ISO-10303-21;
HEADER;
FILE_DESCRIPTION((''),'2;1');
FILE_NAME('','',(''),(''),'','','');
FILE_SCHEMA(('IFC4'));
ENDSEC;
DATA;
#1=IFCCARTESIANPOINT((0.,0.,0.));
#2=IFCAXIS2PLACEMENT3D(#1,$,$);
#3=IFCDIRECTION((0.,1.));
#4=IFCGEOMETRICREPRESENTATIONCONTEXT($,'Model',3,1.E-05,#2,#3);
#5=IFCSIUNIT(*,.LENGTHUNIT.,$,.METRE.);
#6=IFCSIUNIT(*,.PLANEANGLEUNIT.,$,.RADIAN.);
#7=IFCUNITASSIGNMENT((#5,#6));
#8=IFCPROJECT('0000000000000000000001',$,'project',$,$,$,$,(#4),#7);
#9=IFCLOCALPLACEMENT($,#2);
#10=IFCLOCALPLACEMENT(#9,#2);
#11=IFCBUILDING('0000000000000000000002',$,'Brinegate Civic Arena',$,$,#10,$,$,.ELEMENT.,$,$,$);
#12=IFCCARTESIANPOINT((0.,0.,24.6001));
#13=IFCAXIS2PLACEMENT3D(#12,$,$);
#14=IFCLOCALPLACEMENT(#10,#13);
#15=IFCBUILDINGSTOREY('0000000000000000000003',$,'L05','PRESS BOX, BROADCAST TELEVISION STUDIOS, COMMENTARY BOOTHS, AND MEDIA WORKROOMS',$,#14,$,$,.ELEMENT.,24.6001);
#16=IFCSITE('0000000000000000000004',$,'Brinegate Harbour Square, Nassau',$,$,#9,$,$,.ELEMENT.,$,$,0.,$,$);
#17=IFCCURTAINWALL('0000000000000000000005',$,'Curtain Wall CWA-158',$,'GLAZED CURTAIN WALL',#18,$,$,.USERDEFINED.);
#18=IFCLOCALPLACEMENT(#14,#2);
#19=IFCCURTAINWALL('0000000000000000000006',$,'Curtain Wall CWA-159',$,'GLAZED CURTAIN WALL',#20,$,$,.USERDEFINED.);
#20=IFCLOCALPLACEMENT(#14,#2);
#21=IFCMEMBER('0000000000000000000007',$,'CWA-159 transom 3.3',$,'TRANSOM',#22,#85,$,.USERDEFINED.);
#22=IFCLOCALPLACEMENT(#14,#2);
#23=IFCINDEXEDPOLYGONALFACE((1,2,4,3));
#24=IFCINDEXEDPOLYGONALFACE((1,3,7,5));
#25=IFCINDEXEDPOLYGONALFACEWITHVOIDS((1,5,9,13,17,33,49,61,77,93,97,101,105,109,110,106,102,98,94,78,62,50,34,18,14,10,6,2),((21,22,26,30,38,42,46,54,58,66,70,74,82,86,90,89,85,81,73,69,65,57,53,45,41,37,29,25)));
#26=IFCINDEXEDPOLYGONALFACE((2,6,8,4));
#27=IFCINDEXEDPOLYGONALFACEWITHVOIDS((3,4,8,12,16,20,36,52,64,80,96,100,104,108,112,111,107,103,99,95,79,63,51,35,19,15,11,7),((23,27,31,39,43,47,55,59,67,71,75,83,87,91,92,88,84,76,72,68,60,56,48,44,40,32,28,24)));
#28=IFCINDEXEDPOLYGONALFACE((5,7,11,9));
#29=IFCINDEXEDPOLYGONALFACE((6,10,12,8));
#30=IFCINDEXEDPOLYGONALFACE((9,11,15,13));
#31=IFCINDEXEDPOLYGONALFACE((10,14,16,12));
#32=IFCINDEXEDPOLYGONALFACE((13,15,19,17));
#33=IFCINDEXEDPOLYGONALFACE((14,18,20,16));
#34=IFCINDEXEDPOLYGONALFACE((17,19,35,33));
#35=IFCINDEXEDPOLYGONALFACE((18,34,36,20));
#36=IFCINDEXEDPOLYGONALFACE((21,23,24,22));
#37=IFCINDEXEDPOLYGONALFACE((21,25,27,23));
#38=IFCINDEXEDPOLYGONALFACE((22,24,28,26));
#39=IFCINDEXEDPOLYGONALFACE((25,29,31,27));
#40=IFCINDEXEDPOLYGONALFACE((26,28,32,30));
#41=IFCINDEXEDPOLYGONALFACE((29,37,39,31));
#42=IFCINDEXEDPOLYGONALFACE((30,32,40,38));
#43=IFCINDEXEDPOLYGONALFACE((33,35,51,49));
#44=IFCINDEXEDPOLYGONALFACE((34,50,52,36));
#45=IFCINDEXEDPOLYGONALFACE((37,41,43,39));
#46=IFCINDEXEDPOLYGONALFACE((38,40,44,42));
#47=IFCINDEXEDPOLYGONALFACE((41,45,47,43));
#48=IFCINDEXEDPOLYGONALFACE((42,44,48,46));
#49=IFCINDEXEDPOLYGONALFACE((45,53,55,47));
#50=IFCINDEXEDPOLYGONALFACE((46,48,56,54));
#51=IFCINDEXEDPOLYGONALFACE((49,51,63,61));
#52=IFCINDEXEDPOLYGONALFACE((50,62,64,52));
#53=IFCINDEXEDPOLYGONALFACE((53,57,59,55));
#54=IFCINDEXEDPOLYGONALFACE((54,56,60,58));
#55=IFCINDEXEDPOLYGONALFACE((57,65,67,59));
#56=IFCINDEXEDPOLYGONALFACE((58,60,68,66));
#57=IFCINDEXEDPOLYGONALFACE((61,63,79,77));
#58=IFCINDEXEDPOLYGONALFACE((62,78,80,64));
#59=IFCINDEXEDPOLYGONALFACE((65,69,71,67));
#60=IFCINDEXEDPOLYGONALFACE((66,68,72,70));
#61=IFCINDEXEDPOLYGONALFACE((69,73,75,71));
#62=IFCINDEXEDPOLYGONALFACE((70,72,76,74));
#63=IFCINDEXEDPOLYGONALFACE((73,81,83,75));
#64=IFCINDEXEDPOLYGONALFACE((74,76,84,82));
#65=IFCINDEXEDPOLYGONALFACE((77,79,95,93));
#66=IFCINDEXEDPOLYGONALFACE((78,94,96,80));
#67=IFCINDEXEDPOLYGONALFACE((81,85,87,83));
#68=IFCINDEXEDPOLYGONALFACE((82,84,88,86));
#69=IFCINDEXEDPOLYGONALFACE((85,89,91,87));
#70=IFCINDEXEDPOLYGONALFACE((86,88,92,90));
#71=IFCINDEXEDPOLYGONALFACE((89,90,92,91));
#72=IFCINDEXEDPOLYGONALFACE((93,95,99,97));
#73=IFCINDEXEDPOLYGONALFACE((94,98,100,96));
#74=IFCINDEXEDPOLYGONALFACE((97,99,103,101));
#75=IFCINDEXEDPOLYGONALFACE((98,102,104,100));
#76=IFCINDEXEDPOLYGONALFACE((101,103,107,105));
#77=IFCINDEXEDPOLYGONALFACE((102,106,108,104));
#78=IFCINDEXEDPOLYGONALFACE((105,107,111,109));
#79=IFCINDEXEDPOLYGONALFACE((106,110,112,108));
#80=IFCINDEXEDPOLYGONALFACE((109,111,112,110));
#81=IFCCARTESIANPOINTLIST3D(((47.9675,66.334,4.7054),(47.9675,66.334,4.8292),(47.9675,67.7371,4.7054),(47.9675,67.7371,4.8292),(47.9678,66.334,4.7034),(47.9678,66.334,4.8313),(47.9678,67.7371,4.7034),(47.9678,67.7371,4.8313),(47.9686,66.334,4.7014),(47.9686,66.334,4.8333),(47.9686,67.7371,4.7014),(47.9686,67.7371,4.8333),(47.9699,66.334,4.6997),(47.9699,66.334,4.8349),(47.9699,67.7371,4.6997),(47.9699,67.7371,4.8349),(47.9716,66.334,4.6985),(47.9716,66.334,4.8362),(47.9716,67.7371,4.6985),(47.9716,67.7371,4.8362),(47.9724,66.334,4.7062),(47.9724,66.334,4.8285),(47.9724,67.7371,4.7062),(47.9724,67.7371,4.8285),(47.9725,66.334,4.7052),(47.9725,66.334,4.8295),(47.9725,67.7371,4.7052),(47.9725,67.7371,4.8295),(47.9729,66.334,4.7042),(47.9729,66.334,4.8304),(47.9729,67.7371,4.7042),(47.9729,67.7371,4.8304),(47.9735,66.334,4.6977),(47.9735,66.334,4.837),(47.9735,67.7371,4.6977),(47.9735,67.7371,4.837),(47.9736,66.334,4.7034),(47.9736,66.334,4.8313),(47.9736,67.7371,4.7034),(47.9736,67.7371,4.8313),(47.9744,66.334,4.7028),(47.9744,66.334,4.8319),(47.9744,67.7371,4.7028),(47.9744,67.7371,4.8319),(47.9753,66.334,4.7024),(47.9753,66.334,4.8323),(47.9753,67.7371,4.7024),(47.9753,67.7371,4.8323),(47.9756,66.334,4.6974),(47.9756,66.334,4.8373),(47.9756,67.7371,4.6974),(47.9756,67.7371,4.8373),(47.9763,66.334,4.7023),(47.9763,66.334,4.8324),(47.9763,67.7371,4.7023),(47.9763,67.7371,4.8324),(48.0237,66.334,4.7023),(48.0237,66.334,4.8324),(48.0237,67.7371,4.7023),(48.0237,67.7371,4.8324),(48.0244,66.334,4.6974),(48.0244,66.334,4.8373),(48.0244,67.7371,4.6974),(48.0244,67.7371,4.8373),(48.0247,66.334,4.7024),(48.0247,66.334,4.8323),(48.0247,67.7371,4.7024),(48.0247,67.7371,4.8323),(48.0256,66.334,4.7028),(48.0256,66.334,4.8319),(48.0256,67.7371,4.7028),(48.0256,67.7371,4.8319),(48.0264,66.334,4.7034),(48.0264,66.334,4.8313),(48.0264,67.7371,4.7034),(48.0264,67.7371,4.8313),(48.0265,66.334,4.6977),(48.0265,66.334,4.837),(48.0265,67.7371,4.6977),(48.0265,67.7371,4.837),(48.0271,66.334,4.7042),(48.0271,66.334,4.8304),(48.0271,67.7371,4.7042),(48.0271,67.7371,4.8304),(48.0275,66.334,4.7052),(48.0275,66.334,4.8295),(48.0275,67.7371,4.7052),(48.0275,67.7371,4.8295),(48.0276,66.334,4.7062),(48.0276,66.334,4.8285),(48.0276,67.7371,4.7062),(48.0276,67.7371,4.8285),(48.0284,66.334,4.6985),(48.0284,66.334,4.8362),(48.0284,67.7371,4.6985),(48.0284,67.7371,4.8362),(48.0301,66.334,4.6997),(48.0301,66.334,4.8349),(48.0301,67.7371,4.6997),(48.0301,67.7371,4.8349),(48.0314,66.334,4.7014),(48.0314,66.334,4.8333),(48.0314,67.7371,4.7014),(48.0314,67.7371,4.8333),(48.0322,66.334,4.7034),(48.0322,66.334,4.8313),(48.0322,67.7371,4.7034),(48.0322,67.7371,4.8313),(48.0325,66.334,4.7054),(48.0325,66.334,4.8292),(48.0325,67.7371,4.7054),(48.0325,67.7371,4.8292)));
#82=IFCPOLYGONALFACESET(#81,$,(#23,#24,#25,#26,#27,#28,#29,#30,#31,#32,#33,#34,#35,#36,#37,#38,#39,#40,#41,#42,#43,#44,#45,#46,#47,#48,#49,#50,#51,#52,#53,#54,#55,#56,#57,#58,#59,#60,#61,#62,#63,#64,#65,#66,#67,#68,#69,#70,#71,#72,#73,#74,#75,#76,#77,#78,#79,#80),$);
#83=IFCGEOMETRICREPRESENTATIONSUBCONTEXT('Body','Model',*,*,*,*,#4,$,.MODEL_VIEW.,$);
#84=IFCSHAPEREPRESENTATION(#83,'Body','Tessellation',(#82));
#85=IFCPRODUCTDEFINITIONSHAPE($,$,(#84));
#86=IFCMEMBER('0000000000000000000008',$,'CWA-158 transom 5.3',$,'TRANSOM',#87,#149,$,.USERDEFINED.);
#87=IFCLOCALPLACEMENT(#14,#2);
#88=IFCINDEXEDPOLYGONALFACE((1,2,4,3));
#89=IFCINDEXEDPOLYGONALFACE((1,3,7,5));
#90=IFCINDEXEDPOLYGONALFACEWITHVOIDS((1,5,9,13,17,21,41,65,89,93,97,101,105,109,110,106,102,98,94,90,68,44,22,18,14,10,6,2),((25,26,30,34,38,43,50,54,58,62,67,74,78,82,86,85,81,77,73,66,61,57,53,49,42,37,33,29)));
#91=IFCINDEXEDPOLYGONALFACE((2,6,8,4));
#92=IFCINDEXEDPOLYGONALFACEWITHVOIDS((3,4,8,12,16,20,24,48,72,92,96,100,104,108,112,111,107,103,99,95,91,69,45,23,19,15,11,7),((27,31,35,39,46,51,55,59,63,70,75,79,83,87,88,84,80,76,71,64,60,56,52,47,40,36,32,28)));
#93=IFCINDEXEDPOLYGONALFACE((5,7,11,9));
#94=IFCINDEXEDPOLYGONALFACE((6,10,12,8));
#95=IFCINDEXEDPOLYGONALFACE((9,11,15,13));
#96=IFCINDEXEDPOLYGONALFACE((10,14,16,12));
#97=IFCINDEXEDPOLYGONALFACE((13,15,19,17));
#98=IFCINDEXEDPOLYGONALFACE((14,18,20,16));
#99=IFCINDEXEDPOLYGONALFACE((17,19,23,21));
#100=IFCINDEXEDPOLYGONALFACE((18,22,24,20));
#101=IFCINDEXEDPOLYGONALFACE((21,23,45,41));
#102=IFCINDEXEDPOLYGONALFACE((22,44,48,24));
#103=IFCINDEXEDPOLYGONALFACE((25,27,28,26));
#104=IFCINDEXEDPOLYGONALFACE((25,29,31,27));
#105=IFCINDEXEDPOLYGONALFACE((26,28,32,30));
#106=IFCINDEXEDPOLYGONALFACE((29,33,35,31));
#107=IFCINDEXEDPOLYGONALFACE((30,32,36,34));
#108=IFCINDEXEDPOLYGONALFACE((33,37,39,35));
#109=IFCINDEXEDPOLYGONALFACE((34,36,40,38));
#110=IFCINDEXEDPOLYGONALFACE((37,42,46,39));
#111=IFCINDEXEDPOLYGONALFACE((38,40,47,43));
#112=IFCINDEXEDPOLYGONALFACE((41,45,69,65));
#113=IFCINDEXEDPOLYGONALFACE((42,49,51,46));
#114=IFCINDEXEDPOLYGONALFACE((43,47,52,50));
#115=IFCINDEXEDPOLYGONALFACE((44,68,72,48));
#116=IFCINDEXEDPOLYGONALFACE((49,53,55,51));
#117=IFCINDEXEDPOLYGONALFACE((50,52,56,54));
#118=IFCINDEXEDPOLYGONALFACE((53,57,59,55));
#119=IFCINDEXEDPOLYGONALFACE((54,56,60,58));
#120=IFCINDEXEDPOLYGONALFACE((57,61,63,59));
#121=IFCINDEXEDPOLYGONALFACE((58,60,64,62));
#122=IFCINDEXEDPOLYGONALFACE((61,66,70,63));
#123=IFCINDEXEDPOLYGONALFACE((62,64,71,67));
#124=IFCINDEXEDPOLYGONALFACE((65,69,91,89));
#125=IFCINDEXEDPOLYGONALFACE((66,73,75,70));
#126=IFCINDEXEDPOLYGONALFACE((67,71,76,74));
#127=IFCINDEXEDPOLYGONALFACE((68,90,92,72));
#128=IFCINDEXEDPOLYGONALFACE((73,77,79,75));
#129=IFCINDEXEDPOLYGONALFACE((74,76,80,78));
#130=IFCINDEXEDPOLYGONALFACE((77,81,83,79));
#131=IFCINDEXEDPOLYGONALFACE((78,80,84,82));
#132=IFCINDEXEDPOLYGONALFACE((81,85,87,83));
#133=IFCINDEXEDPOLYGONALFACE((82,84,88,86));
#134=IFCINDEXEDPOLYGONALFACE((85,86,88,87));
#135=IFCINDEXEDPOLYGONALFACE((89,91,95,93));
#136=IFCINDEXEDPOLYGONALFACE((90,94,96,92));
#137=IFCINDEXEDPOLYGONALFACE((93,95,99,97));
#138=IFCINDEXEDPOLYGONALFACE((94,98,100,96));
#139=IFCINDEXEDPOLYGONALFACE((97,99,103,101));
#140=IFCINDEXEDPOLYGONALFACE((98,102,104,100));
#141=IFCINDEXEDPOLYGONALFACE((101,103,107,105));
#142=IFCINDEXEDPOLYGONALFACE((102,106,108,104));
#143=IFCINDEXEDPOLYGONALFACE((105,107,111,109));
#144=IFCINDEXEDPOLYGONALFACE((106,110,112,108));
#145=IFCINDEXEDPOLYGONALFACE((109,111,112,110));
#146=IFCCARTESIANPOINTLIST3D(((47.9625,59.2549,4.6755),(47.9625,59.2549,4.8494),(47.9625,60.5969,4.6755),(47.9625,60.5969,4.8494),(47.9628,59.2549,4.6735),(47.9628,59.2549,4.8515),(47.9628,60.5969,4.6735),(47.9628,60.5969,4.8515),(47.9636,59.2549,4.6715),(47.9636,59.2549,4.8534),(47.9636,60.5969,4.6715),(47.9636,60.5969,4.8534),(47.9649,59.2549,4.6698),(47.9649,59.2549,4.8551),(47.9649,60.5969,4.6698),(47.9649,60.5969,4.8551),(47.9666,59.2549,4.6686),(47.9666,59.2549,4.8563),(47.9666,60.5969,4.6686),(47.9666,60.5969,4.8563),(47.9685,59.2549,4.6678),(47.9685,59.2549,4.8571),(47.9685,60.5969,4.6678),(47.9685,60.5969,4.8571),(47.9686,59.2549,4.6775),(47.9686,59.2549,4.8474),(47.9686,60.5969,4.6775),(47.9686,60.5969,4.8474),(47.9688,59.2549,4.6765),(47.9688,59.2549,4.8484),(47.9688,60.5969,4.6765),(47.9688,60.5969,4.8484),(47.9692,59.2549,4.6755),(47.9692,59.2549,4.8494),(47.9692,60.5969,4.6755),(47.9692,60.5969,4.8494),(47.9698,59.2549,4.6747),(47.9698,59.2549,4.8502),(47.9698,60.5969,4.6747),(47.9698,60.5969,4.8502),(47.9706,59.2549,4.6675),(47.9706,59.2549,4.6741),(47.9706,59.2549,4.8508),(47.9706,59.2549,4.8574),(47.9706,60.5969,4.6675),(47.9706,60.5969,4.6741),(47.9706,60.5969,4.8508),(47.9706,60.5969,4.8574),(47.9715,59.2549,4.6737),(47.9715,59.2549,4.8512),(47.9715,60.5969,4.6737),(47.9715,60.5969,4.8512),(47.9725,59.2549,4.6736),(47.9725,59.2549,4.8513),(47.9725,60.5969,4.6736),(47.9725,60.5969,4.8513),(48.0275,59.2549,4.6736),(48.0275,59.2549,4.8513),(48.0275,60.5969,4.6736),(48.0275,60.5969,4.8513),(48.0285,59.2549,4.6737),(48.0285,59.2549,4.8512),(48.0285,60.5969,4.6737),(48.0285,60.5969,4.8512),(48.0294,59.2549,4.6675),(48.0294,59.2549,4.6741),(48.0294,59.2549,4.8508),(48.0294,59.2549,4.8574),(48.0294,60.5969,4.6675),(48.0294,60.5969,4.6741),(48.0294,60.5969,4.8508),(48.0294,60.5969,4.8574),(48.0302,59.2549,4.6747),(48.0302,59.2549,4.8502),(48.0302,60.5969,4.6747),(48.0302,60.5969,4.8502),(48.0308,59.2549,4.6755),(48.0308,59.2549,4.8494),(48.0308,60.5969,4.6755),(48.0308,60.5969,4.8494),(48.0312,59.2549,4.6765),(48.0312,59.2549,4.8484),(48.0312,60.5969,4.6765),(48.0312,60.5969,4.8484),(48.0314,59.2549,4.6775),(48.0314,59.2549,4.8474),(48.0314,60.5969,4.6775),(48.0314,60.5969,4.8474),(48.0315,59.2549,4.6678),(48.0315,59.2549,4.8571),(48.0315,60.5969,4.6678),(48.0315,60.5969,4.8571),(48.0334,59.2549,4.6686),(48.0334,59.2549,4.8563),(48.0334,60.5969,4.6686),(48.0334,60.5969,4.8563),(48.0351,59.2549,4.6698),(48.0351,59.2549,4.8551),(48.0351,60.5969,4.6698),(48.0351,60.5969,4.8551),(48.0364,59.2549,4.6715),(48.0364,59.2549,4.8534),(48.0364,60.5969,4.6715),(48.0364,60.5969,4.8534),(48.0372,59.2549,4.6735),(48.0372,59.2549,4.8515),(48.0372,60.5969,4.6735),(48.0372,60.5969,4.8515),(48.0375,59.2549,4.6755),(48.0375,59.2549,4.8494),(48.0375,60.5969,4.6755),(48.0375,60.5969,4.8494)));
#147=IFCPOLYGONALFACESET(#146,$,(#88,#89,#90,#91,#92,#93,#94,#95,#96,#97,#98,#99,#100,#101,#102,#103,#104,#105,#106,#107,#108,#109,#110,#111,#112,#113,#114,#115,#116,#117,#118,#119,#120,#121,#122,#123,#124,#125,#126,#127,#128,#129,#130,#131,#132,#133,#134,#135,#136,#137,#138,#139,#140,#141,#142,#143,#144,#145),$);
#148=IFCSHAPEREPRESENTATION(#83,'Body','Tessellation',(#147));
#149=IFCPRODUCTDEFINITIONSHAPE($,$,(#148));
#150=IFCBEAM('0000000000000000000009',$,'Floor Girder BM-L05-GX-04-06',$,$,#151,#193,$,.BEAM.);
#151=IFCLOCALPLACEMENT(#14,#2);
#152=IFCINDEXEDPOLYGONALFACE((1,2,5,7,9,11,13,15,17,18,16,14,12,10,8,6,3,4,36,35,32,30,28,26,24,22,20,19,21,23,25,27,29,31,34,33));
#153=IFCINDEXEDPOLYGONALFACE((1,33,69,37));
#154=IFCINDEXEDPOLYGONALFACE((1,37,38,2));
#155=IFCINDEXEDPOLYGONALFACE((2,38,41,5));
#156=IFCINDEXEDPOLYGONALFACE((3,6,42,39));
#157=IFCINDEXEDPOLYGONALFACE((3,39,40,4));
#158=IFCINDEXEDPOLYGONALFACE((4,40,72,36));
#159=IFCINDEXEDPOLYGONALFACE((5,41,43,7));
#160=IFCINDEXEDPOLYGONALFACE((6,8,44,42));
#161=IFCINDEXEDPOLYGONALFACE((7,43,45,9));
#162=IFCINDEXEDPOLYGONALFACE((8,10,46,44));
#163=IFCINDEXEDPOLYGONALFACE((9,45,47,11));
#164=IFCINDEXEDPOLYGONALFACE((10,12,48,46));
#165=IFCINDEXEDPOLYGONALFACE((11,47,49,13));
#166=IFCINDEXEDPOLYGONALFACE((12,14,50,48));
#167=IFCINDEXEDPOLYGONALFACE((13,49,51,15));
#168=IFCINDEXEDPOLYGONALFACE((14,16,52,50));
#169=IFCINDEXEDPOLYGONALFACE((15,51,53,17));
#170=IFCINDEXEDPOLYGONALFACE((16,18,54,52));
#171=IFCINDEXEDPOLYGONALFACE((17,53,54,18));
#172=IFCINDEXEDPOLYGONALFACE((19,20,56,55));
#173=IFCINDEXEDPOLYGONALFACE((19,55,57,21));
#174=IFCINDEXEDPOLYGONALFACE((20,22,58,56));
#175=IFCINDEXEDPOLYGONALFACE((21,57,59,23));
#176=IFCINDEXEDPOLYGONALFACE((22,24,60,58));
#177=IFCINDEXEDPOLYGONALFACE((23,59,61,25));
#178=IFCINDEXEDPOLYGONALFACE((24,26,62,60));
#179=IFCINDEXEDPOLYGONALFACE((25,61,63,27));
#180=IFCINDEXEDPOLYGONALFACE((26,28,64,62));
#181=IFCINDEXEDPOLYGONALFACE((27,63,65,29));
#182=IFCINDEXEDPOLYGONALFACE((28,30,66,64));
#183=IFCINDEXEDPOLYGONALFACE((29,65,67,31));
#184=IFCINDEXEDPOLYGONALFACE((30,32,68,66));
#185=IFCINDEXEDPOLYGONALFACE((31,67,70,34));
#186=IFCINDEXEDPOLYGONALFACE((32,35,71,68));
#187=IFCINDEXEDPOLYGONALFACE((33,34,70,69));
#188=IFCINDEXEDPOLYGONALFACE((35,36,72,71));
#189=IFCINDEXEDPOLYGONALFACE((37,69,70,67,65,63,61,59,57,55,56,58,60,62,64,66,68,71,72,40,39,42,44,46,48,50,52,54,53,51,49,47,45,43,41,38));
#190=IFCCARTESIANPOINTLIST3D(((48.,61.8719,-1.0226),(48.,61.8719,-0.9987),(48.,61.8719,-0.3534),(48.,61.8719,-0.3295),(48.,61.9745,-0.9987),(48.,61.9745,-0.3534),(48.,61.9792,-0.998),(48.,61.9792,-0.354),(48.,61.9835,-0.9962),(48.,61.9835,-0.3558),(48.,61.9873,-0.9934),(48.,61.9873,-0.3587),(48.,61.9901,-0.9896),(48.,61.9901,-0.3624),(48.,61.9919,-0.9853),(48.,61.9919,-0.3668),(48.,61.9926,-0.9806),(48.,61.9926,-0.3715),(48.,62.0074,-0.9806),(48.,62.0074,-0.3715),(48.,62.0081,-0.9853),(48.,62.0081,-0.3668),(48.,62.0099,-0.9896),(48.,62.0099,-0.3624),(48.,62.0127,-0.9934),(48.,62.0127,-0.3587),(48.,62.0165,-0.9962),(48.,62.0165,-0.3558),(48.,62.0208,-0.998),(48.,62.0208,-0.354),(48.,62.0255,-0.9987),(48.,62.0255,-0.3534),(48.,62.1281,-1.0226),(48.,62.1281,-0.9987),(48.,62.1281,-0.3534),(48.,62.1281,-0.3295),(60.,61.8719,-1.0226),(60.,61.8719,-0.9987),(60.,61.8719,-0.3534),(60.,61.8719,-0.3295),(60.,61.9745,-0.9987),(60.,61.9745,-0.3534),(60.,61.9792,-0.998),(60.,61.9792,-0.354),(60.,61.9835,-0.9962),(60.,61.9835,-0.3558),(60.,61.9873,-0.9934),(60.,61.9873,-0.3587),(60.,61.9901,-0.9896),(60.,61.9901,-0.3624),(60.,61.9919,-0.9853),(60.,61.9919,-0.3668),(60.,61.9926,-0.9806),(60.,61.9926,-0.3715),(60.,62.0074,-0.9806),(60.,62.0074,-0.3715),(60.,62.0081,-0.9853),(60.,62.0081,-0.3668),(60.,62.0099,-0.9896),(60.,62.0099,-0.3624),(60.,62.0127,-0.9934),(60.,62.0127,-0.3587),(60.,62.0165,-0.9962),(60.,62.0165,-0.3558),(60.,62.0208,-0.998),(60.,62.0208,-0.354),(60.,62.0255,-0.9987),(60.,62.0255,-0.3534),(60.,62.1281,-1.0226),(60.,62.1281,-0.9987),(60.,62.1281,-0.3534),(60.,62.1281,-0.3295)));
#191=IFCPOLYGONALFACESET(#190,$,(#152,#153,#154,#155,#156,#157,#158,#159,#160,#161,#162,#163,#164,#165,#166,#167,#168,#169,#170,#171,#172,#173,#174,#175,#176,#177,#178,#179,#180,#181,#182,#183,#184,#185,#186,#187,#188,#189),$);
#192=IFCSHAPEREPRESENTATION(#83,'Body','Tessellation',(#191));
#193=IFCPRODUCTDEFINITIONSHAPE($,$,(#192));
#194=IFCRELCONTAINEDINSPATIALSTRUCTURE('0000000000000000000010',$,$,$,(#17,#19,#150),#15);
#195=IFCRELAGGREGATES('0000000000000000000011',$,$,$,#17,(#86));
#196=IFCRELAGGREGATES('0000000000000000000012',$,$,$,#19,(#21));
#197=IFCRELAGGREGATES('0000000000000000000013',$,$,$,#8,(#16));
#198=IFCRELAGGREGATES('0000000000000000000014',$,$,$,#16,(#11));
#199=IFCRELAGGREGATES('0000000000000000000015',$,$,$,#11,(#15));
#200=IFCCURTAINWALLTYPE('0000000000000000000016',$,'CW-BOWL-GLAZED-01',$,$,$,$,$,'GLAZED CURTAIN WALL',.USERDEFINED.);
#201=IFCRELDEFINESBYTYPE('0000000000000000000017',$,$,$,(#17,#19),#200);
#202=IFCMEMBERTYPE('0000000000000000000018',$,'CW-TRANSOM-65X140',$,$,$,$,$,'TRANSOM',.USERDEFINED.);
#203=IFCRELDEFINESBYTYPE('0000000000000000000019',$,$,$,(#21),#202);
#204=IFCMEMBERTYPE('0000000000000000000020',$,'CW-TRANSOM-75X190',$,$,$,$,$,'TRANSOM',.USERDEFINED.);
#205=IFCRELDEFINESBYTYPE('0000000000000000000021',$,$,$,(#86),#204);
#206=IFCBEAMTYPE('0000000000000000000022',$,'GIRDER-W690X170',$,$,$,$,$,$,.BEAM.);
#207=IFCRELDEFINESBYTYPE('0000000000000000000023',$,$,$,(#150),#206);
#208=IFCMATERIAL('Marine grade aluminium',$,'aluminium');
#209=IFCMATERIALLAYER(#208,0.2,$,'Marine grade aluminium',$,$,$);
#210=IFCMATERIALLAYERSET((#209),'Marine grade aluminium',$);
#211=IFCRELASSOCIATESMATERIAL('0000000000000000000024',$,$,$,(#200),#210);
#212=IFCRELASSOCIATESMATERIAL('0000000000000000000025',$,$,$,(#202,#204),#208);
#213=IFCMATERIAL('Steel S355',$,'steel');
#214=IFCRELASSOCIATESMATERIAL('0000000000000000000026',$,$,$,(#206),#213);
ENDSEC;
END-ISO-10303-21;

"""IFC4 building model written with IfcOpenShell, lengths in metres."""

from ifc_helpers import new_model, si_unit, direction, frame, origin, origin_2d, place, context, subcontext, project, spatial, hollow_rectangle, i_section, extrude, material, layer, layer_set, material_profile, profile_set, type_object, element, aggregate, save


model = new_model("IFC4")

# Units and contexts
model_context = context("Model", 3, precision=1e-05, world=origin(), true_north=direction((0.0, 1.0)))
body_context = subcontext(model_context, "Body", "Model", "MODEL_VIEW")
ifc_project = project(units=[si_unit("LENGTHUNIT", "METRE"), si_unit("PLANEANGLEUNIT", "RADIAN")], contexts=[model_context])

# Site, building, storey
site_placement = place(None, origin())
site = spatial("IfcSite", under=ifc_project, at=site_placement, Name="Brinegate Harbour Square, Nassau", CompositionType="ELEMENT", RefElevation=0.0)
building_placement = place(site_placement, origin())
building = spatial("IfcBuilding", under=site, at=building_placement, Name="Brinegate Civic Arena", CompositionType="ELEMENT")
storey_placement = place(building_placement, frame((0.0, 0.0, 24.6001)))
storey = spatial("IfcBuildingStorey", under=building, at=storey_placement, Name="L05", Description="PRESS BOX, BROADCAST TELEVISION STUDIOS, COMMENTARY BOOTHS, AND MEDIA WORKROOMS", CompositionType="ELEMENT", Elevation=24.6001)

# Curtain wall
ifc_material_1 = material(Name="Marine grade aluminium", Category="aluminium")
ifc_layer_1 = layer(ifc_material_1, 0.2, Name="Marine grade aluminium")
ifc_layer_set_1 = layer_set([ifc_layer_1], Name="Marine grade aluminium")
curtain_wall_type = type_object("IfcCurtainWallType", Name="CW-BOWL-GLAZED-01", ElementType="GLAZED CURTAIN WALL", PredefinedType="USERDEFINED", material=ifc_layer_set_1)
curtain_wall_1_placement = place(storey_placement, origin())
curtain_wall_1 = element("IfcCurtainWall", 1, at=curtain_wall_1_placement, inside=storey, type_object=curtain_wall_type, Name="Curtain Wall CWA-158", ObjectType="GLAZED CURTAIN WALL", PredefinedType="USERDEFINED")

# Curtain wall, member
curtain_wall_2_placement = place(storey_placement, origin())
curtain_wall_2 = element("IfcCurtainWall", 2, at=curtain_wall_2_placement, inside=storey, type_object=curtain_wall_type, Name="Curtain Wall CWA-159", ObjectType="GLAZED CURTAIN WALL", PredefinedType="USERDEFINED")
ifc_material_profile_1 = material_profile(ifc_material_1, hollow_rectangle(XDim=0.0649, YDim=0.1399, WallThickness=0.0049, InnerFilletRadius=0.0039, OuterFilletRadius=0.0081, at=origin_2d()), Name="TRN65X140")
ifc_profile_set_1 = profile_set([ifc_material_profile_1], Name="Marine grade aluminium")
member_type_1 = type_object("IfcMemberType", Name="CW-TRANSOM-65X140", ElementType="TRANSOM", PredefinedType="USERDEFINED", material=ifc_profile_set_1)
member_1_placement = place(storey_placement, frame((48.0, 66.334, 4.7673), z_axis=(0.0, 1.0, 0.0), x_axis=(-1.0, 0.0, 0.0)))
member_1 = element("IfcMember", 3, at=member_1_placement, type_object=member_type_1, Name="CWA-159 transom 3.3", ObjectType="TRANSOM", PredefinedType="USERDEFINED", context=body_context, shape_type="SweptSolid", body=[
    extrude(hollow_rectangle(XDim=0.0649, YDim=0.1399, WallThickness=0.0049, InnerFilletRadius=0.0039, OuterFilletRadius=0.0081, at=origin_2d()), origin(), (0.0, 0.0, 1.0), 1.4031),
])

# Member
ifc_material_profile_2 = material_profile(ifc_material_1, hollow_rectangle(XDim=0.075, YDim=0.1899, WallThickness=0.0061, InnerFilletRadius=0.0039, OuterFilletRadius=0.0081, at=origin_2d()), Name="TRN75X190")
ifc_profile_set_2 = profile_set([ifc_material_profile_2], Name="Marine grade aluminium")
member_type_2 = type_object("IfcMemberType", Name="CW-TRANSOM-75X190", ElementType="TRANSOM", PredefinedType="USERDEFINED", material=ifc_profile_set_2)
member_2_placement = place(storey_placement, frame((48.0, 59.2549, 4.7625), z_axis=(0.0, 1.0, 0.0), x_axis=(-1.0, 0.0, 0.0)))
member_2 = element("IfcMember", 4, at=member_2_placement, type_object=member_type_2, Name="CWA-158 transom 5.3", ObjectType="TRANSOM", PredefinedType="USERDEFINED", context=body_context, shape_type="SweptSolid", body=[
    extrude(hollow_rectangle(XDim=0.075, YDim=0.1899, WallThickness=0.0061, InnerFilletRadius=0.0039, OuterFilletRadius=0.0081, at=origin_2d()), origin(), (0.0, 0.0, 1.0), 1.342),
])

# Beam
ifc_material_2 = material(Name="Steel S355", Category="steel")
ifc_material_profile_3 = material_profile(ifc_material_2, i_section(OverallWidth=0.2561, OverallDepth=0.6931, WebThickness=0.0149, FlangeThickness=0.0239, FilletRadius=0.0181, at=origin_2d()), Name="W690X170")
ifc_profile_set_3 = profile_set([ifc_material_profile_3], Name="Steel S355")
beam_type_1 = type_object("IfcBeamType", Name="GIRDER-W690X170", PredefinedType="BEAM", material=ifc_profile_set_3)
beam_1_placement = place(storey_placement, frame((48.0, 62.0, -0.676), z_axis=(1.0, 0.0, 0.0), x_axis=(0.0, 1.0, 0.0)))
element("IfcBeam", 5, at=beam_1_placement, inside=storey, type_object=beam_type_1, Name="Floor Girder BM-L05-GX-04-06", PredefinedType="BEAM", context=body_context, shape_type="SweptSolid", body=[
    extrude(i_section(OverallWidth=0.2561, OverallDepth=0.6931, WebThickness=0.0149, FlangeThickness=0.0239, FilletRadius=0.0181, at=origin_2d()), origin(), (0.0, 0.0, 1.0), 12.0),
])

aggregate(curtain_wall_1, [member_2])
aggregate(curtain_wall_2, [member_1])

save(model, "model.ifc")
